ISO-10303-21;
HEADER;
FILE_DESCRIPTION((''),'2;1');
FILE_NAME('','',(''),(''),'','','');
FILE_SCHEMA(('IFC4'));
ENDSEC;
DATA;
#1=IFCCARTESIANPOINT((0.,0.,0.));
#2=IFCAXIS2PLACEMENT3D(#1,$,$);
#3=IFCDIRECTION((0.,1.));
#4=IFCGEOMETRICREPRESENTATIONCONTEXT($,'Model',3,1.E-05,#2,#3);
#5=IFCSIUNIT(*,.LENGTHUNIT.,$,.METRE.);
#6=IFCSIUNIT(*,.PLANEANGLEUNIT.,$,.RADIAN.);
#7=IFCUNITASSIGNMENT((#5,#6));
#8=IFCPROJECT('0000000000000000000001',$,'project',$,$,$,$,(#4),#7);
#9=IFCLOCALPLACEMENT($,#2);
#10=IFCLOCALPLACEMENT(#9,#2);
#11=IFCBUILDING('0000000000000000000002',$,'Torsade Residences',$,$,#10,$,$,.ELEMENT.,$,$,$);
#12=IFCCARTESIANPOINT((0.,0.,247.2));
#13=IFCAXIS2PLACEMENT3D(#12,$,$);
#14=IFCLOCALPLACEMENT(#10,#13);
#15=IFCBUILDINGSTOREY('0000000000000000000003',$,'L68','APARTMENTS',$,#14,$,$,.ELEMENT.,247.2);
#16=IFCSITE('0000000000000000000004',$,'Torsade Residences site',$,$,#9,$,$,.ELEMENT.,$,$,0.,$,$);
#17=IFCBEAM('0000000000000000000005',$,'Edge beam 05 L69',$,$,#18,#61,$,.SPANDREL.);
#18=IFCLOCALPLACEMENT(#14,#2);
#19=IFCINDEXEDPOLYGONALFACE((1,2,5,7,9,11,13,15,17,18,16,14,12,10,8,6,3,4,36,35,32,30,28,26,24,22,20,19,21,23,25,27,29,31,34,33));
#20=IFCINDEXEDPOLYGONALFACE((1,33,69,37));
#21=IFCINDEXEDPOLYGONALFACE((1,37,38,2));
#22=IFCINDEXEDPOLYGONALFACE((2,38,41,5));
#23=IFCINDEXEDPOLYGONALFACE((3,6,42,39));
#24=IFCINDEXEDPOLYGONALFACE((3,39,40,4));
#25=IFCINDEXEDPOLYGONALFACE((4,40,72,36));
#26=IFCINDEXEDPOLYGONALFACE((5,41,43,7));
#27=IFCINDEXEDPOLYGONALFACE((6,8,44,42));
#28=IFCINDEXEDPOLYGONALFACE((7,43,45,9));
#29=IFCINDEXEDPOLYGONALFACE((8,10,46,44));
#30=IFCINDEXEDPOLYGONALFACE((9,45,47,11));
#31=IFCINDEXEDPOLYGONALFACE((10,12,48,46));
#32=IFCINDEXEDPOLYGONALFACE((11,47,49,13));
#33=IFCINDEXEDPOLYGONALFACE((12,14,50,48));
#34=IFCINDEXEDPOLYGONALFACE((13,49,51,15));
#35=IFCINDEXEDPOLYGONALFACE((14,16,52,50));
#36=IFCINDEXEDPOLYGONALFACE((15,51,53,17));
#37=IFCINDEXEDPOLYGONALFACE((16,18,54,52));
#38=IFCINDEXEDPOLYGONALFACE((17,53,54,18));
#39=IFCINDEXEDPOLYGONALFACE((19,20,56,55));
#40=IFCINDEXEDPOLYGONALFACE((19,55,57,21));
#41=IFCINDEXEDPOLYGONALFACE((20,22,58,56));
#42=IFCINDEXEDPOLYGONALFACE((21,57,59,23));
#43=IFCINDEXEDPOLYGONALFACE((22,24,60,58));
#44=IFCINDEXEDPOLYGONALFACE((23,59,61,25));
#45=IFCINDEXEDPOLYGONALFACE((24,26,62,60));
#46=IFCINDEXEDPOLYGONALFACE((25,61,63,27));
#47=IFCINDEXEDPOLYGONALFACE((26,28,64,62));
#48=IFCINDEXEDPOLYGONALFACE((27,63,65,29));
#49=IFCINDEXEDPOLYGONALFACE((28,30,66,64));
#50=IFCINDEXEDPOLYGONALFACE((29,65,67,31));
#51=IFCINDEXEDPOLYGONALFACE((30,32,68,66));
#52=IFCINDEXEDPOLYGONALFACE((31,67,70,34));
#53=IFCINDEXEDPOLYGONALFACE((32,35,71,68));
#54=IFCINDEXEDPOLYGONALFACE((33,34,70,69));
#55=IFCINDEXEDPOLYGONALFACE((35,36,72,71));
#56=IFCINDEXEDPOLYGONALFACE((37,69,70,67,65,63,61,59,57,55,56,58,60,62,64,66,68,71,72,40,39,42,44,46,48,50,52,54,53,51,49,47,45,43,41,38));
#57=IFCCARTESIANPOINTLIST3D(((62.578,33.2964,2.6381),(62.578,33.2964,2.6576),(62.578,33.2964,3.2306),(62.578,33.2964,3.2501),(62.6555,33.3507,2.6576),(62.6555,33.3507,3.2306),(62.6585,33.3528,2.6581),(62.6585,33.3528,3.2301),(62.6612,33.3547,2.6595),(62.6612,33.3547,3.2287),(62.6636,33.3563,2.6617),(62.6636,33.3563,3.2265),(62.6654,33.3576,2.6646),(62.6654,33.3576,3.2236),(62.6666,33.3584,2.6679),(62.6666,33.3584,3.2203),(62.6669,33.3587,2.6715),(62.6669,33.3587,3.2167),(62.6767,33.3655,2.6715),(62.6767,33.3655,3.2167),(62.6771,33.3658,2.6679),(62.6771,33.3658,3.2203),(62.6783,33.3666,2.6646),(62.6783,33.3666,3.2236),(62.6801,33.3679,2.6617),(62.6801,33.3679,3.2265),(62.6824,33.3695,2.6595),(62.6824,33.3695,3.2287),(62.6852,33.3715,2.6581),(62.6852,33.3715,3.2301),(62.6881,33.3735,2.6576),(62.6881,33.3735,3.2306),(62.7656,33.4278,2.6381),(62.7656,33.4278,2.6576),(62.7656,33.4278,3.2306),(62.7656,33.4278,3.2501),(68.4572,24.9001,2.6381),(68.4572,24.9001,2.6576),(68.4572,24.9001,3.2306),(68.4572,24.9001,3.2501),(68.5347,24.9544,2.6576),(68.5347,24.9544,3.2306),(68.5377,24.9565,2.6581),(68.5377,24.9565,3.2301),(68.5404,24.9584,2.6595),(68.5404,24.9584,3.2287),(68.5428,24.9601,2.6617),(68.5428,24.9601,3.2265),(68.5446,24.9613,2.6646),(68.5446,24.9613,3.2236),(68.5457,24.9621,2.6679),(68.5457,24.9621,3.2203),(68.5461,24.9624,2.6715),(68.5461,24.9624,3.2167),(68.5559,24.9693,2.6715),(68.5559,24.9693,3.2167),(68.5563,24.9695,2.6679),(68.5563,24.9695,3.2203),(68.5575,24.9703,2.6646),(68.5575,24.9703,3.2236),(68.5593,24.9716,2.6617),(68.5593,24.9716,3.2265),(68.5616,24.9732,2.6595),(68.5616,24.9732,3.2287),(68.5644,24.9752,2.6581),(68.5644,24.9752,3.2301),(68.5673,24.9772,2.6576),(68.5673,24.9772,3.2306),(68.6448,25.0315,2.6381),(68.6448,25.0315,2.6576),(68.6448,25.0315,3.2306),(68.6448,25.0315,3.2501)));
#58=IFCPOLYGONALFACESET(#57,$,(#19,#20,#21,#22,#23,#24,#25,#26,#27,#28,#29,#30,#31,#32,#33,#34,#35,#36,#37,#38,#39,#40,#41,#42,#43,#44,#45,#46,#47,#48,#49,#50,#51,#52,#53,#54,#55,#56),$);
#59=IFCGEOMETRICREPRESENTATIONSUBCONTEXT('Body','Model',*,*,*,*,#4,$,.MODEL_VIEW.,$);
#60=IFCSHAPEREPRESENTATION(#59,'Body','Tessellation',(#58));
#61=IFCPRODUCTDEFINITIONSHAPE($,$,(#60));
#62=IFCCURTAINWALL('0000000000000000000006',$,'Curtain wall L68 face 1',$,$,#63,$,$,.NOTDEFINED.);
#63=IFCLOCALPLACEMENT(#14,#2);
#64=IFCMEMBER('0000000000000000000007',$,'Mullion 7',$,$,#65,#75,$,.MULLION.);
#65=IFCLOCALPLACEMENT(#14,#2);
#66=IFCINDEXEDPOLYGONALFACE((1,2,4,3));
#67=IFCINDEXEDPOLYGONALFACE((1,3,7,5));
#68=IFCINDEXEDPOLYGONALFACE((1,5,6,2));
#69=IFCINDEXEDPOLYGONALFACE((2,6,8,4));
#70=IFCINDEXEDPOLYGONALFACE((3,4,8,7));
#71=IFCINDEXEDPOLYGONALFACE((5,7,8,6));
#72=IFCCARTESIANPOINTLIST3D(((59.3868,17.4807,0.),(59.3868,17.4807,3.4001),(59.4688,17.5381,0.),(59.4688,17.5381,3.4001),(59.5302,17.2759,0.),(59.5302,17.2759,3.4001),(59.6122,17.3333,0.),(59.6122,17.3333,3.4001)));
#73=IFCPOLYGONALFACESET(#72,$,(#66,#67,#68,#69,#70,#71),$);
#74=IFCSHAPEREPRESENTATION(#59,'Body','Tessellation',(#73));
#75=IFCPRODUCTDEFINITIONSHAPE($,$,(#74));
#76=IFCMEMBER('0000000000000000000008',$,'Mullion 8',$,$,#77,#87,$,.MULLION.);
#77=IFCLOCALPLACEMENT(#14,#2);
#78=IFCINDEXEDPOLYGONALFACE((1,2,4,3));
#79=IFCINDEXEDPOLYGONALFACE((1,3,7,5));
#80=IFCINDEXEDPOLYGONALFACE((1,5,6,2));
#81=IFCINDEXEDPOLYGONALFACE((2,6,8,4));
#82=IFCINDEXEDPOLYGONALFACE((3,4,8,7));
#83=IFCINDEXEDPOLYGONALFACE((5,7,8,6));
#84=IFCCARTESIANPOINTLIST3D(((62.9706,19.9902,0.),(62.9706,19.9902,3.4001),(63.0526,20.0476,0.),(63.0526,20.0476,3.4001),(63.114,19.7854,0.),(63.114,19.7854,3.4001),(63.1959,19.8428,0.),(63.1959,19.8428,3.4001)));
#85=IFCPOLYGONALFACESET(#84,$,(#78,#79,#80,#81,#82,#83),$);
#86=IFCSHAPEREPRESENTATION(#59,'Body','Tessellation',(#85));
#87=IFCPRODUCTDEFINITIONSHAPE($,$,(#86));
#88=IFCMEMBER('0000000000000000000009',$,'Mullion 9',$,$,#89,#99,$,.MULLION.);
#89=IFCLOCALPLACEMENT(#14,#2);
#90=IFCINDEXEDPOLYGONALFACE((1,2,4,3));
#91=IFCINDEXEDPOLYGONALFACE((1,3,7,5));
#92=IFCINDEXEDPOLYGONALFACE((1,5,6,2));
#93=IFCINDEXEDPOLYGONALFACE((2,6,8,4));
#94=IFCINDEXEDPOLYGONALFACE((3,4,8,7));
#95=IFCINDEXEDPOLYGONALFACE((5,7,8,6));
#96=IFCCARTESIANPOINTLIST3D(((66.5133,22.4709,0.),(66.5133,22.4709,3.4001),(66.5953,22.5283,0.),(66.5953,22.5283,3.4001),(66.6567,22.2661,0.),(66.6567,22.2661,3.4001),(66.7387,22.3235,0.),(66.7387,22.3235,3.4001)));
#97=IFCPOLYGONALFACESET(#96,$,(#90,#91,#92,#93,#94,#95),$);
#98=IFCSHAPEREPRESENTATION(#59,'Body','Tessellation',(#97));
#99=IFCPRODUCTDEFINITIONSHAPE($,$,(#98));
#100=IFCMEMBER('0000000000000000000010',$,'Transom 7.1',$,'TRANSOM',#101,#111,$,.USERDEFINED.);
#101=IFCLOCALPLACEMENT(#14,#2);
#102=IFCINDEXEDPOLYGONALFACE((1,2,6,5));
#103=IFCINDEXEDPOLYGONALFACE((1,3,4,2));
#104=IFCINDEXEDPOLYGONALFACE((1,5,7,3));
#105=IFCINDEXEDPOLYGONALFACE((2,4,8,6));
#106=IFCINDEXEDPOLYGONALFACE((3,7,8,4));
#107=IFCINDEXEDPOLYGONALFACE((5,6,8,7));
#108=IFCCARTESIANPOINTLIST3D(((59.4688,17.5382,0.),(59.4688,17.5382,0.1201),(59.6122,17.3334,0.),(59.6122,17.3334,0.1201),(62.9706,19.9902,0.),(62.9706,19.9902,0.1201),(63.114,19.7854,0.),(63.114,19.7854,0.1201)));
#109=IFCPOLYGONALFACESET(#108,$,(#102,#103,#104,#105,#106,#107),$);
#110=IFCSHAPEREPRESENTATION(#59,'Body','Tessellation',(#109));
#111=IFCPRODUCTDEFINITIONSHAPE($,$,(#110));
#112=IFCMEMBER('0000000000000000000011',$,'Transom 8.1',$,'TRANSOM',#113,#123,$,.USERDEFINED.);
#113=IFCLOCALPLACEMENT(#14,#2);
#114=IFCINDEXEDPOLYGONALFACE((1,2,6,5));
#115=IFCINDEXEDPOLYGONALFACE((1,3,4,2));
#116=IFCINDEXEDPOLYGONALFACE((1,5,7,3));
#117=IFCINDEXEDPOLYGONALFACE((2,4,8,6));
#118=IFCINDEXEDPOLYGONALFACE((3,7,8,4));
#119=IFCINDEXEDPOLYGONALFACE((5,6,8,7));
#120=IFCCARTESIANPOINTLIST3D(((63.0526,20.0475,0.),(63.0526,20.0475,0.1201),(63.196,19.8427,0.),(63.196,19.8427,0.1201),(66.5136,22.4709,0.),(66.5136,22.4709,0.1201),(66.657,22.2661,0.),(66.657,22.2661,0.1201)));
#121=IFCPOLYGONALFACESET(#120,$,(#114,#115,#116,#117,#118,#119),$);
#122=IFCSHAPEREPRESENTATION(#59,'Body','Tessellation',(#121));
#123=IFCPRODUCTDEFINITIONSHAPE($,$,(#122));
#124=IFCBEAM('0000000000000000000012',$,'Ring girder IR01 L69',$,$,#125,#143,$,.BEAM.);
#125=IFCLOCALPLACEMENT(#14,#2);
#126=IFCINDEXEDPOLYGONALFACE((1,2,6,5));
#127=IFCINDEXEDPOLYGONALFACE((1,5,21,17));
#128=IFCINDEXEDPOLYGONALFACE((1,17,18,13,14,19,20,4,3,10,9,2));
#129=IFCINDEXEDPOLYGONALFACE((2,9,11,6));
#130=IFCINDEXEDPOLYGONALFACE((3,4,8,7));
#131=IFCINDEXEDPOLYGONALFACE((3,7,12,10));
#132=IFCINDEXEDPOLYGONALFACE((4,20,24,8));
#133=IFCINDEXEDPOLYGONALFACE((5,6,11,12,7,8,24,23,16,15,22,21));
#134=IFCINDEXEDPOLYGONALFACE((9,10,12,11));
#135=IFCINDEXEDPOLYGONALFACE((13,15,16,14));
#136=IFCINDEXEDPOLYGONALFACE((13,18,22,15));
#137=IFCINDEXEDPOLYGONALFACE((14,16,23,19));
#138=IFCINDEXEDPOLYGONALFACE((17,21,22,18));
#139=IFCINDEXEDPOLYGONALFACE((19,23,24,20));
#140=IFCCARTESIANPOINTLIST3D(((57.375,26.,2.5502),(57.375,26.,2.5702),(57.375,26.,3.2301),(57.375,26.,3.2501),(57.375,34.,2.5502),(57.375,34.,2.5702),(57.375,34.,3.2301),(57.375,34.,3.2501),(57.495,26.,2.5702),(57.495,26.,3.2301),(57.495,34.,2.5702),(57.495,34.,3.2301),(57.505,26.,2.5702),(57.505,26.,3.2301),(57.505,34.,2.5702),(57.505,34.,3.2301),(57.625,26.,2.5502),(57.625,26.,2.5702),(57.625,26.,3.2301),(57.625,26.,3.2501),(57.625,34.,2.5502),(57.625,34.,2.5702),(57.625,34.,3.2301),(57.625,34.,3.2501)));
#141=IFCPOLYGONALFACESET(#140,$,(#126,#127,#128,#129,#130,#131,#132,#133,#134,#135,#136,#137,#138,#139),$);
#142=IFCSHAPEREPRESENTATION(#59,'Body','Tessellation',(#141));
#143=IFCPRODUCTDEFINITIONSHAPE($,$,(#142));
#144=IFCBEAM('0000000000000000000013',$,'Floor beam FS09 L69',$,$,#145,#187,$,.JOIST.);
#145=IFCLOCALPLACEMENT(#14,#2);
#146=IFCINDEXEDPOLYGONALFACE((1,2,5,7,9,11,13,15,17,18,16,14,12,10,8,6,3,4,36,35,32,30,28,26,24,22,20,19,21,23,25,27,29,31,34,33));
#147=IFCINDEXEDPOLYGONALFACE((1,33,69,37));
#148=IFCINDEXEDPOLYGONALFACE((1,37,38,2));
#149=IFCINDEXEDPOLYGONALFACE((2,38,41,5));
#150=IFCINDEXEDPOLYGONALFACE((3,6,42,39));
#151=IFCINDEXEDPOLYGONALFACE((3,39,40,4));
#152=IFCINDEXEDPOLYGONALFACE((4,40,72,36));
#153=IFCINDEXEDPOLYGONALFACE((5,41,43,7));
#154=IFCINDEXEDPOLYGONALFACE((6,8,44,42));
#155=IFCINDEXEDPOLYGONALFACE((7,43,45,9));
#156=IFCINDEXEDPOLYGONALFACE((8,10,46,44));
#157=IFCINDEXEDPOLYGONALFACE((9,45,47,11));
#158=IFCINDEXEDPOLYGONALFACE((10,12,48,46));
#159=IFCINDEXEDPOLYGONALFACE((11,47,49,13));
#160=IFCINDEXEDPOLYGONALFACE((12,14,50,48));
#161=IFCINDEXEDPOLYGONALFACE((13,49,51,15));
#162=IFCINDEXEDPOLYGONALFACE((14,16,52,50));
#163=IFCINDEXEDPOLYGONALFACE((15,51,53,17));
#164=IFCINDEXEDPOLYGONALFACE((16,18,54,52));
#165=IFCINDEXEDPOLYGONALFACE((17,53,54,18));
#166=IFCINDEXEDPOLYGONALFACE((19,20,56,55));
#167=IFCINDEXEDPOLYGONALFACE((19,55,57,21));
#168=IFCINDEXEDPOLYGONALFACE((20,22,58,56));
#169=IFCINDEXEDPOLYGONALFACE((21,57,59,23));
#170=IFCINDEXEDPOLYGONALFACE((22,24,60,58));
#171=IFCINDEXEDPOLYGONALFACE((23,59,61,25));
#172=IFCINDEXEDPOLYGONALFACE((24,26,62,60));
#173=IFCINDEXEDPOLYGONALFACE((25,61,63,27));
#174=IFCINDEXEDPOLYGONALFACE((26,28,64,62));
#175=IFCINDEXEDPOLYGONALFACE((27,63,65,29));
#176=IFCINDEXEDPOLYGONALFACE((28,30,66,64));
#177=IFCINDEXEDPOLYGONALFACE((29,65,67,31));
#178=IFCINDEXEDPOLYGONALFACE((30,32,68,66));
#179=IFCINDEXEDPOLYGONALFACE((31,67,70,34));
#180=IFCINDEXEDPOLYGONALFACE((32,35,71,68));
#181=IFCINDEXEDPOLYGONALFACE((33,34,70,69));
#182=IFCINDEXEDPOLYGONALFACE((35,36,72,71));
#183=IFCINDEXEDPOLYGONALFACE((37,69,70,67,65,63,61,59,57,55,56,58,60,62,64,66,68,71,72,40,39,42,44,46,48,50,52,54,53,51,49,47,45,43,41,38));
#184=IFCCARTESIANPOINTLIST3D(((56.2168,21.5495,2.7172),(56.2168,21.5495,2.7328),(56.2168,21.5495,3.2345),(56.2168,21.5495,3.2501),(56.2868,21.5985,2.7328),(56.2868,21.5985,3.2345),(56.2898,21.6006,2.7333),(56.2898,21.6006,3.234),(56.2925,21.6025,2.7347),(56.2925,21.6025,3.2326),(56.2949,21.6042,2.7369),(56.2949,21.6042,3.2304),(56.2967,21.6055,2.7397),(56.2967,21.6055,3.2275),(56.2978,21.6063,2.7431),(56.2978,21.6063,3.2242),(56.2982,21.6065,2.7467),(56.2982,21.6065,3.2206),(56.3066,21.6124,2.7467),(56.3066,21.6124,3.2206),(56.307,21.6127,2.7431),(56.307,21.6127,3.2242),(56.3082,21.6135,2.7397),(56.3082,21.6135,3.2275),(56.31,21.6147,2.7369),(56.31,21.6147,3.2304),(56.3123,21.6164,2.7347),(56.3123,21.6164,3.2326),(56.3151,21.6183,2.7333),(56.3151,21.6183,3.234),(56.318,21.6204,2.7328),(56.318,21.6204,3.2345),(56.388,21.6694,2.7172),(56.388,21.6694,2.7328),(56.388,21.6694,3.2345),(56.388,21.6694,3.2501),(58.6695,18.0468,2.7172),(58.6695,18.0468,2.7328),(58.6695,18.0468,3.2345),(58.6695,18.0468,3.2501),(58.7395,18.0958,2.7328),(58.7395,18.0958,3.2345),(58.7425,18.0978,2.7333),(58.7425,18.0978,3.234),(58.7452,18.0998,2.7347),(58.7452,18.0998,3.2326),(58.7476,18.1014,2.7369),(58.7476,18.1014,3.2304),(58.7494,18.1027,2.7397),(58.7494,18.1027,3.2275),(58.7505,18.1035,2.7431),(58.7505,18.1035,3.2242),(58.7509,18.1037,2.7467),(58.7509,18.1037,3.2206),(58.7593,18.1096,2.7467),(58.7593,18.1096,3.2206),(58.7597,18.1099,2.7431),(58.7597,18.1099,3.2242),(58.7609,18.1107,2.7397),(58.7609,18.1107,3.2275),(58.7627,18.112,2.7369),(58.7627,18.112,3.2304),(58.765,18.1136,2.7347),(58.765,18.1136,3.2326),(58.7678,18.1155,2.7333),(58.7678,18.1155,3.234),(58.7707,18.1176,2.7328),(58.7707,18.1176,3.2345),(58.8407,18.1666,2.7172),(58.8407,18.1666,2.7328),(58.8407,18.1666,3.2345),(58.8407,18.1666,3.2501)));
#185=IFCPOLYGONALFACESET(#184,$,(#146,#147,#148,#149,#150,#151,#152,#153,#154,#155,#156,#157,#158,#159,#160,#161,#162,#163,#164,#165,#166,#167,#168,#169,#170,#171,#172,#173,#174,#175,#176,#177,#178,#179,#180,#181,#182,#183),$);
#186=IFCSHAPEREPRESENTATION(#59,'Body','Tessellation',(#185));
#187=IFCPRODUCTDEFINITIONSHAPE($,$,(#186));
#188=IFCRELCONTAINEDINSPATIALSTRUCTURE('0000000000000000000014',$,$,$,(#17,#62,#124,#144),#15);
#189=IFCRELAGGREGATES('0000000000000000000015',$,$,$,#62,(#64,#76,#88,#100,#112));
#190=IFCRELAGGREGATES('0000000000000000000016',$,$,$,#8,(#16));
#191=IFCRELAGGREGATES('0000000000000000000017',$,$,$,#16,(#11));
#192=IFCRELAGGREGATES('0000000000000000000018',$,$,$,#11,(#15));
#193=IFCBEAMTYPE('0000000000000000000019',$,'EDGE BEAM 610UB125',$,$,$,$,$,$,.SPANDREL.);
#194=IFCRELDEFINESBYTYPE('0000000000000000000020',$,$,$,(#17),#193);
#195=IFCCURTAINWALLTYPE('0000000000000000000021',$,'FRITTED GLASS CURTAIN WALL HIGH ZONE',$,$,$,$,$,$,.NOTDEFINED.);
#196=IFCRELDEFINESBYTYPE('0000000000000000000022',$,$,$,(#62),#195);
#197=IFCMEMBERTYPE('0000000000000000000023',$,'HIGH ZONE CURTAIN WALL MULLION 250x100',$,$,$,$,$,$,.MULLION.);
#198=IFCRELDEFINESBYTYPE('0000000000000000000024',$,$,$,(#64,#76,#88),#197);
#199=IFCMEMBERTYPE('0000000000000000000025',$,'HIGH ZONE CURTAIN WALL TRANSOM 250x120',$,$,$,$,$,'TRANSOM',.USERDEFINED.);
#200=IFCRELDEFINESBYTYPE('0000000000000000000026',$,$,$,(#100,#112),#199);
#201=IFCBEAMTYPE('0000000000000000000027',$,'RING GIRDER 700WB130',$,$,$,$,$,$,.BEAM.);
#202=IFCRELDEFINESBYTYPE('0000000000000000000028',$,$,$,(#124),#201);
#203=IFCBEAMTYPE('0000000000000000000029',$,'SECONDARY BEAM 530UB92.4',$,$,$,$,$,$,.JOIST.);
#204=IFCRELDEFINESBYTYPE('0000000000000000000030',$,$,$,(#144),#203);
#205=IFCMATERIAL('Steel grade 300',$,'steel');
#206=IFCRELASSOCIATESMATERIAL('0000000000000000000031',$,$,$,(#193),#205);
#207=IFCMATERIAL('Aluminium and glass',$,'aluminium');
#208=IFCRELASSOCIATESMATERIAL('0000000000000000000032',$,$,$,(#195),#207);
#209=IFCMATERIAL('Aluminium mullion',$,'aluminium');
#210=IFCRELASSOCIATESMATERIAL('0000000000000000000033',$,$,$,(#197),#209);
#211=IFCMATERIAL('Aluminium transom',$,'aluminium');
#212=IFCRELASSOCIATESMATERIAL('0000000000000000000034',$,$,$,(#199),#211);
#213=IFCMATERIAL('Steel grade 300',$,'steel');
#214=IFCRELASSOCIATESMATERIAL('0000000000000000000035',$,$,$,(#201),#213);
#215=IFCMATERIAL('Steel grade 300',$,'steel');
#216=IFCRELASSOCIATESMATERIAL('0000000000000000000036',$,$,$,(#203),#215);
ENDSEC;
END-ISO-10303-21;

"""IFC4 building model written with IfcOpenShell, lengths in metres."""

from ifc_helpers import new_model, si_unit, direction, frame, origin, origin_2d, place, context, subcontext, project, spatial, rectangle, i_section, extrude, material, material_profile, profile_set, type_object, element, aggregate, save


model = new_model("IFC4")

# Units and contexts
model_context = context("Model", 3, precision=1e-05, world=origin(), true_north=direction((0.0, 1.0)))
body_context = subcontext(model_context, "Body", "Model", "MODEL_VIEW")
ifc_project = project(units=[si_unit("LENGTHUNIT", "METRE"), si_unit("PLANEANGLEUNIT", "RADIAN")], contexts=[model_context])

# Site, building, storey
site_placement = place(None, origin())
site = spatial("IfcSite", under=ifc_project, at=site_placement, Name="Torsade Residences site", CompositionType="ELEMENT", RefElevation=0.0)
building_placement = place(site_placement, origin())
building = spatial("IfcBuilding", under=site, at=building_placement, Name="Torsade Residences", CompositionType="ELEMENT")
storey_placement = place(building_placement, frame((0.0, 0.0, 247.2)))
storey = spatial("IfcBuildingStorey", under=building, at=storey_placement, Name="L68", Description="APARTMENTS", CompositionType="ELEMENT", Elevation=247.2)

# Beam
ifc_material_1 = material(Name="Steel grade 300", Category="steel")
ifc_material_profile_1 = material_profile(ifc_material_1, i_section(OverallWidth=0.229, OverallDepth=0.6121, WebThickness=0.012, FlangeThickness=0.0195, FilletRadius=0.0139, at=origin_2d()), Name="610UB125")
ifc_profile_set_1 = profile_set([ifc_material_profile_1], Name="Steel grade 300")
beam_type_1 = type_object("IfcBeamType", Name="EDGE BEAM 610UB125", PredefinedType="SPANDREL", material=ifc_profile_set_1)
beam_1_placement = place(storey_placement, frame((68.551, 24.9658, 2.9441), z_axis=(-0.573579, 0.81915, 0.0), x_axis=(-0.81915, -0.573579, 0.0)))
element("IfcBeam", 1, at=beam_1_placement, inside=storey, type_object=beam_type_1, Name="Edge beam 05 L69", PredefinedType="SPANDREL", context=body_context, shape_type="SweptSolid", body=[
    extrude(i_section(OverallWidth=0.229, OverallDepth=0.6121, WebThickness=0.012, FlangeThickness=0.0195, FilletRadius=0.0139, at=origin_2d()), origin(), (0.0, 0.0, 1.0), 10.25),
])

# Curtain wall, members
ifc_material_2 = material(Name="Aluminium and glass", Category="aluminium")
curtain_wall_type = type_object("IfcCurtainWallType", Name="FRITTED GLASS CURTAIN WALL HIGH ZONE", PredefinedType="NOTDEFINED", material=ifc_material_2)
curtain_wall_placement = place(storey_placement, origin())
curtain_wall = element("IfcCurtainWall", 2, at=curtain_wall_placement, inside=storey, type_object=curtain_wall_type, Name="Curtain wall L68 face 1", PredefinedType="NOTDEFINED")
ifc_material_3 = material(Name="Aluminium mullion", Category="aluminium")
ifc_material_profile_2 = material_profile(ifc_material_3, rectangle(XDim=0.25, YDim=0.1001, at=origin_2d()), Name="HIGH ZONE CURTAIN WALL MULLION 250x100")
ifc_profile_set_2 = profile_set([ifc_material_profile_2], Name="Aluminium mullion")
member_type_1 = type_object("IfcMemberType", Name="HIGH ZONE CURTAIN WALL MULLION 250x100", PredefinedType="MULLION", material=ifc_profile_set_2)
member_1_placement = place(storey_placement, frame((59.4995, 17.407, 0.0), z_axis=(0.0, 0.0, 1.0), x_axis=(-0.573576, 0.819152, 0.0)))
member_1 = element("IfcMember", 3, at=member_1_placement, type_object=member_type_1, Name="Mullion 7", PredefinedType="MULLION", context=body_context, shape_type="SweptSolid", body=[
    extrude(rectangle(XDim=0.25, YDim=0.1001, at=origin_2d()), origin(), (0.0, 0.0, 1.0), 3.4001),
])
member_2_placement = place(storey_placement, frame((63.0833, 19.9165, 0.0), z_axis=(0.0, 0.0, 1.0), x_axis=(-0.573576, 0.819152, 0.0)))
member_2 = element("IfcMember", 4, at=member_2_placement, type_object=member_type_1, Name="Mullion 8", PredefinedType="MULLION", context=body_context, shape_type="SweptSolid", body=[
    extrude(rectangle(XDim=0.25, YDim=0.1001, at=origin_2d()), origin(), (0.0, 0.0, 1.0), 3.4001),
])
member_3_placement = place(storey_placement, frame((66.626, 22.3972, 0.0), z_axis=(0.0, 0.0, 1.0), x_axis=(-0.573576, 0.819152, 0.0)))
member_3 = element("IfcMember", 5, at=member_3_placement, type_object=member_type_1, Name="Mullion 9", PredefinedType="MULLION", context=body_context, shape_type="SweptSolid", body=[
    extrude(rectangle(XDim=0.25, YDim=0.1001, at=origin_2d()), origin(), (0.0, 0.0, 1.0), 3.4001),
])
ifc_material_4 = material(Name="Aluminium transom", Category="aluminium")
ifc_material_profile_3 = material_profile(ifc_material_4, rectangle(XDim=0.25, YDim=0.1201, at=origin_2d()), Name="HIGH ZONE CURTAIN WALL TRANSOM 250x120")
ifc_profile_set_3 = profile_set([ifc_material_profile_3], Name="Aluminium transom")
member_type_2 = type_object("IfcMemberType", Name="HIGH ZONE CURTAIN WALL TRANSOM 250x120", ElementType="TRANSOM", PredefinedType="USERDEFINED", material=ifc_profile_set_3)
member_4_placement = place(storey_placement, frame((59.5405, 17.4358, 0.0601), z_axis=(0.819154, 0.573573, 0.0), x_axis=(-0.573573, 0.819154, 0.0)))
member_4 = element("IfcMember", 6, at=member_4_placement, type_object=member_type_2, Name="Transom 7.1", ObjectType="TRANSOM", PredefinedType="USERDEFINED", context=body_context, shape_type="SweptSolid", body=[
    extrude(rectangle(XDim=0.25, YDim=0.1201, at=origin_2d()), origin(), (0.0, 0.0, 1.0), 4.2749),
])
member_5_placement = place(storey_placement, frame((63.1243, 19.9451, 0.0601), z_axis=(0.819156, 0.573571, 0.0), x_axis=(-0.573571, 0.819156, 0.0)))
member_5 = element("IfcMember", 7, at=member_5_placement, type_object=member_type_2, Name="Transom 8.1", ObjectType="TRANSOM", PredefinedType="USERDEFINED", context=body_context, shape_type="SweptSolid", body=[
    extrude(rectangle(XDim=0.25, YDim=0.1201, at=origin_2d()), origin(), (0.0, 0.0, 1.0), 4.2251),
])

# Beams
ifc_material_5 = material(Name="Steel grade 300", Category="steel")
ifc_material_profile_4 = material_profile(ifc_material_5, i_section(OverallWidth=0.25, OverallDepth=0.7, WebThickness=0.01, FlangeThickness=0.02, at=origin_2d()), Name="700WB130")
ifc_profile_set_4 = profile_set([ifc_material_profile_4], Name="Steel grade 300")
beam_type_2 = type_object("IfcBeamType", Name="RING GIRDER 700WB130", PredefinedType="BEAM", material=ifc_profile_set_4)
beam_2_placement = place(storey_placement, frame((57.5, 26.0, 2.9001), z_axis=(0.0, 1.0, 0.0), x_axis=(-1.0, 0.0, 0.0)))
element("IfcBeam", 8, at=beam_2_placement, inside=storey, type_object=beam_type_2, Name="Ring girder IR01 L69", PredefinedType="BEAM", context=body_context, shape_type="SweptSolid", body=[
    extrude(i_section(OverallWidth=0.25, OverallDepth=0.7, WebThickness=0.01, FlangeThickness=0.02, at=origin_2d()), origin(), (0.0, 0.0, 1.0), 8.0),
])
ifc_material_6 = material(Name="Steel grade 300", Category="steel")
ifc_material_profile_5 = material_profile(ifc_material_6, i_section(OverallWidth=0.209, OverallDepth=0.533, WebThickness=0.0103, FlangeThickness=0.0156, FilletRadius=0.0139, at=origin_2d()), Name="530UB92.4")
ifc_profile_set_5 = profile_set([ifc_material_profile_5], Name="Steel grade 300")
beam_type_3 = type_object("IfcBeamType", Name="SECONDARY BEAM 530UB92.4", PredefinedType="JOIST", material=ifc_profile_set_5)
beam_3_placement = place(storey_placement, frame((58.7551, 18.1067, 2.9836), z_axis=(-0.573581, 0.819149, 0.0), x_axis=(-0.819149, -0.573581, 0.0)))
element("IfcBeam", 9, at=beam_3_placement, inside=storey, type_object=beam_type_3, Name="Floor beam FS09 L69", PredefinedType="JOIST", context=body_context, shape_type="SweptSolid", body=[
    extrude(i_section(OverallWidth=0.209, OverallDepth=0.533, WebThickness=0.0103, FlangeThickness=0.0156, FilletRadius=0.0139, at=origin_2d()), origin(), (0.0, 0.0, 1.0), 4.2761),
])

aggregate(curtain_wall, [member_1, member_2, member_3, member_4, member_5])

save(model, "model.ifc")
